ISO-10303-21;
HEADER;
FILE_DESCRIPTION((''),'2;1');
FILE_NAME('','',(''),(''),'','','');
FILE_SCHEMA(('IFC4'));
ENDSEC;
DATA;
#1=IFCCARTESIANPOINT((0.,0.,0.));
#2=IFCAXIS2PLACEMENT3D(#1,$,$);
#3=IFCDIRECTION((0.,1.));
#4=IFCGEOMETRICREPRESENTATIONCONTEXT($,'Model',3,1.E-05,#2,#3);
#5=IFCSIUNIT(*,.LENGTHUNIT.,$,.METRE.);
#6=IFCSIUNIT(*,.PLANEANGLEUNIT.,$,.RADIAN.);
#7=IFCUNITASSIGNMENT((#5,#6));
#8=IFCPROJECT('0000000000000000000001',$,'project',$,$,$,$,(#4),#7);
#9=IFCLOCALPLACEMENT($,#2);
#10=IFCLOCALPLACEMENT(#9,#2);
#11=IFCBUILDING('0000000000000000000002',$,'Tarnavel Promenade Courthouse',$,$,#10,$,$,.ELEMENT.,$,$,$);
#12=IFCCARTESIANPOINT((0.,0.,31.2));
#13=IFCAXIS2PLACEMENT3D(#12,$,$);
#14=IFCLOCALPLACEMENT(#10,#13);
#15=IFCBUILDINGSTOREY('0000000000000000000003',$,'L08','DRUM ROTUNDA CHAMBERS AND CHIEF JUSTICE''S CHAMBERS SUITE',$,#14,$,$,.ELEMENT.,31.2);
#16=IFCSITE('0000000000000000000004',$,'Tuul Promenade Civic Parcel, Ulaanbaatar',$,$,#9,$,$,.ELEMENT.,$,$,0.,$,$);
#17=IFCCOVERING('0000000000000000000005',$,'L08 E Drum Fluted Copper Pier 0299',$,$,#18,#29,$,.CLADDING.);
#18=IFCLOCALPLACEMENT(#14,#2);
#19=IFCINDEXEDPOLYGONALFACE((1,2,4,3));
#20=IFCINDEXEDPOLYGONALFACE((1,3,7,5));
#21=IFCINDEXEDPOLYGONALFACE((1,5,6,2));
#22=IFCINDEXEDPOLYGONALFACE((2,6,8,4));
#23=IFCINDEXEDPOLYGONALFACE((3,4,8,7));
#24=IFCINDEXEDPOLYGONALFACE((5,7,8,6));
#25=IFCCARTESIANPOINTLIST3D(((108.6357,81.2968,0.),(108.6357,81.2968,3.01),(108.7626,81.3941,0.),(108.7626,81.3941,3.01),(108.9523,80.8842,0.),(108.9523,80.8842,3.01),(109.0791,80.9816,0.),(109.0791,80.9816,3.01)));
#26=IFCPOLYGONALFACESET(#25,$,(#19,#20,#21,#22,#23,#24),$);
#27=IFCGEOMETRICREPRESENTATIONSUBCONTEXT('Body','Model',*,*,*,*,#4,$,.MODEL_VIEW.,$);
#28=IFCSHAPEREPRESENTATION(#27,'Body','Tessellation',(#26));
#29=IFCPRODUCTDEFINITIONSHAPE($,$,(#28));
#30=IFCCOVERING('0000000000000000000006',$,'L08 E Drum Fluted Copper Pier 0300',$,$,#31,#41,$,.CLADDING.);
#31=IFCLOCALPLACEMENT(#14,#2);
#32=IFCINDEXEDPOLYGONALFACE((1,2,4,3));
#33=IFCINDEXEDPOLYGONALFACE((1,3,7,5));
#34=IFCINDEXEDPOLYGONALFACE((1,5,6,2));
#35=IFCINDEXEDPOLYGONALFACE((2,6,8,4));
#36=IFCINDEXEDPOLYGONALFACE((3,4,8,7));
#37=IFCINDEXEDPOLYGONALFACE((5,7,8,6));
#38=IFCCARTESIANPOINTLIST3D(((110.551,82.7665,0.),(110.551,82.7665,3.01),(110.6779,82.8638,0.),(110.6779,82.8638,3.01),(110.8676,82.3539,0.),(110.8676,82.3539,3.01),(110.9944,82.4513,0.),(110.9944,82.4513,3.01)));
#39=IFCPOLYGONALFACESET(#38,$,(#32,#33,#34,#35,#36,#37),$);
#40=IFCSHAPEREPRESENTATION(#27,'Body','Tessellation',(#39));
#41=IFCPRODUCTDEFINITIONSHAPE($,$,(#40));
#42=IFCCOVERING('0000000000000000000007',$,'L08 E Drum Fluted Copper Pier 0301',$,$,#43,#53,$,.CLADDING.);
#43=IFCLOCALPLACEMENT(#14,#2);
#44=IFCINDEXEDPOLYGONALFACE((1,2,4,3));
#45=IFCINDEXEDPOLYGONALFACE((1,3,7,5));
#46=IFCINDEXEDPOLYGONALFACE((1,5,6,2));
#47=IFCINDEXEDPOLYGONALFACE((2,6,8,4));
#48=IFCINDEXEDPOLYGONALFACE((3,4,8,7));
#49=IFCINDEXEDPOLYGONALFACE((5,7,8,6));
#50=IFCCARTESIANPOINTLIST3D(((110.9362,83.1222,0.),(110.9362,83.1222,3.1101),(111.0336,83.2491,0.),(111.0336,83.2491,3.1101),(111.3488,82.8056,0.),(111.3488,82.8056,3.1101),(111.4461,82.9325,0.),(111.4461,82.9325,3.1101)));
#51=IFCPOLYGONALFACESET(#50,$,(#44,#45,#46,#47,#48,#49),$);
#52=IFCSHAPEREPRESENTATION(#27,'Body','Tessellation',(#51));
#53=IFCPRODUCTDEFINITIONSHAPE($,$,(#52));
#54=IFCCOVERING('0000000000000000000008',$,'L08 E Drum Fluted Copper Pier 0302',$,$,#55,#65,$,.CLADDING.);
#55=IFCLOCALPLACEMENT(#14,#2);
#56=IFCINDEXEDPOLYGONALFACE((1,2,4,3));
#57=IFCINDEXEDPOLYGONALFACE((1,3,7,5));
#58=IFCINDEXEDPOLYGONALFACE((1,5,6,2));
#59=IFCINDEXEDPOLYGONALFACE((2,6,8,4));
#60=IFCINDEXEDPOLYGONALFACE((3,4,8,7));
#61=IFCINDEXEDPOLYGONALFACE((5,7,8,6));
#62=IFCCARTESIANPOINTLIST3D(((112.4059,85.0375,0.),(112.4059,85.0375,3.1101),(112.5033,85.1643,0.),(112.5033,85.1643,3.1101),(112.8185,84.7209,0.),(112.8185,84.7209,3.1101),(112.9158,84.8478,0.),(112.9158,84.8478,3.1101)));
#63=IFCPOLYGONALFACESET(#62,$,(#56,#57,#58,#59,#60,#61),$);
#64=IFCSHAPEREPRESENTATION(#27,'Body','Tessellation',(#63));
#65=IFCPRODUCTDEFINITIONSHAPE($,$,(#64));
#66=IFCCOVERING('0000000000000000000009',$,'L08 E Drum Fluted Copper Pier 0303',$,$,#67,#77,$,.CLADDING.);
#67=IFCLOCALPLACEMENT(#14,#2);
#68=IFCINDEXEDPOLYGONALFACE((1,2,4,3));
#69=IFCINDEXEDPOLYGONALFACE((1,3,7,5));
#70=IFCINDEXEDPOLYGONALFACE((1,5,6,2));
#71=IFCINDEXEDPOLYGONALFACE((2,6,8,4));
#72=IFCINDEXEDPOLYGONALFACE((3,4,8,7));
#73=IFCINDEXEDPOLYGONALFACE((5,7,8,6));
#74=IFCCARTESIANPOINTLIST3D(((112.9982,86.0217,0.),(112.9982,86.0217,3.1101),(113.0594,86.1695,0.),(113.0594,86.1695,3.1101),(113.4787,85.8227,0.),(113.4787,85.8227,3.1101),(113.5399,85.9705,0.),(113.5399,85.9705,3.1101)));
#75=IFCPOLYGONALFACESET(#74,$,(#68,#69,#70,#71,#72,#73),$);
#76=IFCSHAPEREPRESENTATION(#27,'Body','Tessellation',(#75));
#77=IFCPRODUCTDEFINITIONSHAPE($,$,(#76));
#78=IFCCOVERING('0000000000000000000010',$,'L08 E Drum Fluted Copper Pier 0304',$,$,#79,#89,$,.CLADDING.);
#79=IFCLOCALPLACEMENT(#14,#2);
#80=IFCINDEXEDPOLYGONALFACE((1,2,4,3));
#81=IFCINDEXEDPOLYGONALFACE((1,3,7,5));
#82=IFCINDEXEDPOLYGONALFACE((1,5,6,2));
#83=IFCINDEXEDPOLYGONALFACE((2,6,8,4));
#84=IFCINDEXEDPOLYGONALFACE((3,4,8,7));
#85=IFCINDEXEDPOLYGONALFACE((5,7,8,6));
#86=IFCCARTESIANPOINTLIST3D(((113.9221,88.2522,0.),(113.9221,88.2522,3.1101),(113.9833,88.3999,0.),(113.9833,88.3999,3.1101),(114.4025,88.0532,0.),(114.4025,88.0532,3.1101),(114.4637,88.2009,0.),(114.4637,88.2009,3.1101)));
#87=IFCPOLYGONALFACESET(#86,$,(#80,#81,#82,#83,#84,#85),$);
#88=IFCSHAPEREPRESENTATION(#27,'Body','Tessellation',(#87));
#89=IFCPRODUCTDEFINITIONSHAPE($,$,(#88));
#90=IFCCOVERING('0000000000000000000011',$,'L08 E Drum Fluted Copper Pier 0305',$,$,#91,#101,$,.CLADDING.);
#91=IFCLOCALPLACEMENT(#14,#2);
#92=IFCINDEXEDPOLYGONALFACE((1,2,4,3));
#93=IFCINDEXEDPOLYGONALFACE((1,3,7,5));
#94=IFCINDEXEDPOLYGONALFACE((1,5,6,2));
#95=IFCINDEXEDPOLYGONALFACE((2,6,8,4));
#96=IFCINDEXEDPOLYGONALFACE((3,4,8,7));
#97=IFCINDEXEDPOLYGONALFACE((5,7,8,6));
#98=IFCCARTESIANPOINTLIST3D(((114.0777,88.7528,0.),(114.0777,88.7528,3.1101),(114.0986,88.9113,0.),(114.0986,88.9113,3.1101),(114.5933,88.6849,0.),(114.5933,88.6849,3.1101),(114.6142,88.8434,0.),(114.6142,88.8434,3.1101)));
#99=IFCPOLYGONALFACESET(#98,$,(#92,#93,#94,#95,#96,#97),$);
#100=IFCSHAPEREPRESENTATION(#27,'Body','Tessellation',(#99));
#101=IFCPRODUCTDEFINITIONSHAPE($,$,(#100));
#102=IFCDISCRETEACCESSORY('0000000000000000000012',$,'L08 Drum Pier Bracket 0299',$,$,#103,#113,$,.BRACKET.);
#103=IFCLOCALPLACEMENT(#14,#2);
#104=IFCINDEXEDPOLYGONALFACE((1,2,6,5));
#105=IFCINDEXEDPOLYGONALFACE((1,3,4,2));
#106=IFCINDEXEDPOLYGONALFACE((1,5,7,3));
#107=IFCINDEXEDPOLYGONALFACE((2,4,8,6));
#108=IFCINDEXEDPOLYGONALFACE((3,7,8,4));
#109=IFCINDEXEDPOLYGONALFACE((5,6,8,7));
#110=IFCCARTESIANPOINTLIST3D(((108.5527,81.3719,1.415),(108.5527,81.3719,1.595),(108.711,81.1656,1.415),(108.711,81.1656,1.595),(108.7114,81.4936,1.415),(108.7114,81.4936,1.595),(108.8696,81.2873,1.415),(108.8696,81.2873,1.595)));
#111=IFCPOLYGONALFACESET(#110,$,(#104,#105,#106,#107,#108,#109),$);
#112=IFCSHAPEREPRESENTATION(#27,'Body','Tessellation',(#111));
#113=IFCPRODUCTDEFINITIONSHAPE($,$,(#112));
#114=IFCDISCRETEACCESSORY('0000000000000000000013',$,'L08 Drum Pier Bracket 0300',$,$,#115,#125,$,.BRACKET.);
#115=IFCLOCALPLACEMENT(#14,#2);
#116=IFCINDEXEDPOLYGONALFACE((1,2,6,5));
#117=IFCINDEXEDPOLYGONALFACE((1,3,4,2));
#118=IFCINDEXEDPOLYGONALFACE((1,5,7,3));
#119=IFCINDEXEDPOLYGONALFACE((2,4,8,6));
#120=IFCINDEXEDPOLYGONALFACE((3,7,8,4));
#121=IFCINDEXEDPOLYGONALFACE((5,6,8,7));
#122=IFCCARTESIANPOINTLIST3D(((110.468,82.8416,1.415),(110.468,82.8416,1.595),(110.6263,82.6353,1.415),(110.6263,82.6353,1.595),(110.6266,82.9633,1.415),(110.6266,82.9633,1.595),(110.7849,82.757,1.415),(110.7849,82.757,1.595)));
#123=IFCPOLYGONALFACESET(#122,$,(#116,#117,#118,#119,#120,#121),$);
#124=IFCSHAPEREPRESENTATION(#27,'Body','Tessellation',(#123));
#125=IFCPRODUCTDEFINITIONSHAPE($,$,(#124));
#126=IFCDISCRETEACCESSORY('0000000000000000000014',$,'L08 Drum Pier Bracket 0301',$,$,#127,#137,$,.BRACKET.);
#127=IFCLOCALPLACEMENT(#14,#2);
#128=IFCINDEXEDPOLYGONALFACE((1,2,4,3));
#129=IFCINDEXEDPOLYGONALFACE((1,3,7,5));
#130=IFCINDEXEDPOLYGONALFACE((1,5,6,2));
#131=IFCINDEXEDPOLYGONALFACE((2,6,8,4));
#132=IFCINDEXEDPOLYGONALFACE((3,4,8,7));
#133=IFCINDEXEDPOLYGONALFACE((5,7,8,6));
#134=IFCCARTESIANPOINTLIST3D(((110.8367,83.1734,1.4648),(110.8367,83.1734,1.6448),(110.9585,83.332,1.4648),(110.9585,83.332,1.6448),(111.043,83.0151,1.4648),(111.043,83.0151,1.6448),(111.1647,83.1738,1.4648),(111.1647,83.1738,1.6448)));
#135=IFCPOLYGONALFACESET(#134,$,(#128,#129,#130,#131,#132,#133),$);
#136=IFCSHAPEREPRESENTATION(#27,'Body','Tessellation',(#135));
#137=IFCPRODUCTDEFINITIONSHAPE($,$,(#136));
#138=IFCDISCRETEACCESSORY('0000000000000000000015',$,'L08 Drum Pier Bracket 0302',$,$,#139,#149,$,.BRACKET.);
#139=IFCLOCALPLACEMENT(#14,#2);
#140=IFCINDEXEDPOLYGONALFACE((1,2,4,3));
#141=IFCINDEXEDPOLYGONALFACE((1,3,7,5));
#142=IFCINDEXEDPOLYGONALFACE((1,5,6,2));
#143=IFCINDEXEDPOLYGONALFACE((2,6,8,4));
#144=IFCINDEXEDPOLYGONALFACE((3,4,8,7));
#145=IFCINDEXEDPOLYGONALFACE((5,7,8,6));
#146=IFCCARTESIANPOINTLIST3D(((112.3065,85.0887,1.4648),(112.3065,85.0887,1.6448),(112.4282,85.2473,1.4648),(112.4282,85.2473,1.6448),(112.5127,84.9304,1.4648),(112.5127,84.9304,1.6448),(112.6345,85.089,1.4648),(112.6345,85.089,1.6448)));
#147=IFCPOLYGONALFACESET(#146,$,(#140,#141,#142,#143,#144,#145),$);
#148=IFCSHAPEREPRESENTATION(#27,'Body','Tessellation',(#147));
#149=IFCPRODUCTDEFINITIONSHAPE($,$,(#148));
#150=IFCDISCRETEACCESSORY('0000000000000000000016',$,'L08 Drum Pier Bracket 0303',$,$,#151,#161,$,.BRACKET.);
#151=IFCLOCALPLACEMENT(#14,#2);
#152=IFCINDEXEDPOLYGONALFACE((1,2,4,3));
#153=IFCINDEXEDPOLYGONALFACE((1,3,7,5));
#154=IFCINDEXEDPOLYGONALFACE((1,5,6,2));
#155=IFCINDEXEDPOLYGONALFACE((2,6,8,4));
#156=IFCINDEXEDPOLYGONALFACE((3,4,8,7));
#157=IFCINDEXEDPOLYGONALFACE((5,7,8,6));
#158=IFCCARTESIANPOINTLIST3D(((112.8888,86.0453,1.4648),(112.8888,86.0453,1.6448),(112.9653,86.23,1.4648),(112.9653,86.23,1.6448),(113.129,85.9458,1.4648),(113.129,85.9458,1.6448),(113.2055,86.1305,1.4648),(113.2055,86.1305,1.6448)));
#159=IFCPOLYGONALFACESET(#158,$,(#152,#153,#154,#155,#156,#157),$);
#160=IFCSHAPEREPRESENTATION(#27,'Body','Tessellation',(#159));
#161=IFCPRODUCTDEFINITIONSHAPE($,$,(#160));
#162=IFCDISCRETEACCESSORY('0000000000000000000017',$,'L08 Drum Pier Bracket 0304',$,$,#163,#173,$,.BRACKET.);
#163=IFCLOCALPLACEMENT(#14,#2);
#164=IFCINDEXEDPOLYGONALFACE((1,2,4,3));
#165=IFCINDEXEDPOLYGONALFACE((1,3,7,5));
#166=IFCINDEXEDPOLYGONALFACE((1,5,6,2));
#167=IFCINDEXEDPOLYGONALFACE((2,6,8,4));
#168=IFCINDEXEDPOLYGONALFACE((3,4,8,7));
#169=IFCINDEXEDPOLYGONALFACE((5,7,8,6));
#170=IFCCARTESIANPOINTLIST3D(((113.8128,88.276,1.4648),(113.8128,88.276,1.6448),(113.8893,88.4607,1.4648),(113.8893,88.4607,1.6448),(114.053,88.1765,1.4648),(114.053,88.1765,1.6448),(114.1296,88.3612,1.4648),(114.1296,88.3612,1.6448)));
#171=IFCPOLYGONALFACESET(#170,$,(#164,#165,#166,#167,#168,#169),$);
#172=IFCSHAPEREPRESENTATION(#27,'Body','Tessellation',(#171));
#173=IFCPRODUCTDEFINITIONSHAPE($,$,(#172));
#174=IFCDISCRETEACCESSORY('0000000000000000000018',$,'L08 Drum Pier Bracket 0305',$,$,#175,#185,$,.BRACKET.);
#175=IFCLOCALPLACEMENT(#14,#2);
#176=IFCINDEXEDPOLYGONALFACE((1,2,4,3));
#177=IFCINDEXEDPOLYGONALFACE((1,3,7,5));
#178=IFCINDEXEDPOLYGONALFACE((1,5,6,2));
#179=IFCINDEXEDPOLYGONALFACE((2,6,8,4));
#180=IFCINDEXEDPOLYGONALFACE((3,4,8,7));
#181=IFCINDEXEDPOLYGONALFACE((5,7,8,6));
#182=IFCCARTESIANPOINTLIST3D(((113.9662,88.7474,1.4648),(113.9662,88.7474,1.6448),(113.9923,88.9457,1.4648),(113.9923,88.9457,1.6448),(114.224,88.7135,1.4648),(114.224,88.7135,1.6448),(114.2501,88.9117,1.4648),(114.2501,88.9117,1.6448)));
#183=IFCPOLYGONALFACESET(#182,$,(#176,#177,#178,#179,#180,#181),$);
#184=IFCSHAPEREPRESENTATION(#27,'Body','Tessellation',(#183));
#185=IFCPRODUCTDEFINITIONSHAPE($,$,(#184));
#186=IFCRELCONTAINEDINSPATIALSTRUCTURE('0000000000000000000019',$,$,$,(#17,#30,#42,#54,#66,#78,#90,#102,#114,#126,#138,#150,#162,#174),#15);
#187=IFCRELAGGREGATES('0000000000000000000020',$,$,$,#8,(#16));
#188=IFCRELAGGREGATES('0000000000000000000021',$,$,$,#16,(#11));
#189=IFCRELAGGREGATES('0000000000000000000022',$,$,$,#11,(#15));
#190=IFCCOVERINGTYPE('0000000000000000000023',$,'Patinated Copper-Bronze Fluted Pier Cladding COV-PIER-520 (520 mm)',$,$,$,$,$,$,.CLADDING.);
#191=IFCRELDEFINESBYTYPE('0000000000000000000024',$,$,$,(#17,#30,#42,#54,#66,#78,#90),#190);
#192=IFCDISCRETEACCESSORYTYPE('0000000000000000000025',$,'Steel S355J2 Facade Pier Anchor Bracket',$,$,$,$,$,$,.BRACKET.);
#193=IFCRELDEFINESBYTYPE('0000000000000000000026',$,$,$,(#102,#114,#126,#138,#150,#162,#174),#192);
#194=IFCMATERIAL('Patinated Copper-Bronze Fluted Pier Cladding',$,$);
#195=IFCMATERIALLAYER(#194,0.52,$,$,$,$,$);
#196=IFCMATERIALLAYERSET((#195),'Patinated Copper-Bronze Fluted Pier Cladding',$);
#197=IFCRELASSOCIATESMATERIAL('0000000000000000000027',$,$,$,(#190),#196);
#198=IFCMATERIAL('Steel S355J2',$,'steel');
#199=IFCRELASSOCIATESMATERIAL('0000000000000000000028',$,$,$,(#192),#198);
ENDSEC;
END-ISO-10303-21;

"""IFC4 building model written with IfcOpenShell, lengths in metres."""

from ifc_helpers import new_model, si_unit, direction, frame, origin, origin_2d, place, context, subcontext, project, spatial, rectangle, extrude, material, layer, layer_set, type_object, element, save


model = new_model("IFC4")

# Units and contexts
model_context = context("Model", 3, precision=1e-05, world=origin(), true_north=direction((0.0, 1.0)))
body_context = subcontext(model_context, "Body", "Model", "MODEL_VIEW")
ifc_project = project(units=[si_unit("LENGTHUNIT", "METRE"), si_unit("PLANEANGLEUNIT", "RADIAN")], contexts=[model_context])

# Site, building, storey
site_placement = place(None, origin())
site = spatial("IfcSite", under=ifc_project, at=site_placement, Name="Tuul Promenade Civic Parcel, Ulaanbaatar", CompositionType="ELEMENT", RefElevation=0.0)
building_placement = place(site_placement, origin())
building = spatial("IfcBuilding", under=site, at=building_placement, Name="Tarnavel Promenade Courthouse", CompositionType="ELEMENT")
storey_placement = place(building_placement, frame((0.0, 0.0, 31.2)))
storey = spatial("IfcBuildingStorey", under=building, at=storey_placement, Name="L08", Description="DRUM ROTUNDA CHAMBERS AND CHIEF JUSTICE'S CHAMBERS SUITE", CompositionType="ELEMENT", Elevation=31.2)

# Shared definitions
ifc_material_1 = material(Name="Steel S355J2", Category="steel")

# Coverings
ifc_material_2 = material(Name="Patinated Copper-Bronze Fluted Pier Cladding")
ifc_layer_1 = layer(ifc_material_2, 0.52)
ifc_layer_set_1 = layer_set([ifc_layer_1], Name="Patinated Copper-Bronze Fluted Pier Cladding")
covering_type = type_object("IfcCoveringType", Name="Patinated Copper-Bronze Fluted Pier Cladding COV-PIER-520 (520 mm)", PredefinedType="CLADDING", material=ifc_layer_set_1)
for number, where, z_axis, x_axis, name in (
    (1, (108.8574, 81.1392, 0.0), (0.0, 0.0, 1.0), (0.793353, 0.608761, 0.0), "L08 E Drum Fluted Copper Pier 0299"),
    (2, (110.7727, 82.6089, 0.0), (0.0, 0.0, 1.0), (0.793353, 0.608761, 0.0), "L08 E Drum Fluted Copper Pier 0300"),
):
    element("IfcCovering", number, at=place(storey_placement, frame(where, z_axis=z_axis, x_axis=x_axis)), inside=storey, type_object=covering_type, Name=name, PredefinedType="CLADDING", context=body_context, shape_type="SweptSolid", body=[
        extrude(rectangle(XDim=0.1599, YDim=0.52, at=origin_2d()), origin(), (0.0, 0.0, 1.0), 3.01),
    ])
for number, where, z_axis, x_axis, name in (
    (3, (111.1912, 83.0273, 0.0), (0.0, 0.0, 1.0), (0.608761, 0.793353, 0.0), "L08 E Drum Fluted Copper Pier 0301"),
    (4, (112.6609, 84.9426, 0.0), (0.0, 0.0, 1.0), (0.608761, 0.793353, 0.0), "L08 E Drum Fluted Copper Pier 0302"),
    (5, (113.269, 85.9961, 0.0), (0.0, 0.0, 1.0), (0.382683, 0.92388, 0.0), "L08 E Drum Fluted Copper Pier 0303"),
    (6, (114.1929, 88.2266, 0.0), (0.0, 0.0, 1.0), (0.382683, 0.92388, 0.0), "L08 E Drum Fluted Copper Pier 0304"),
    (7, (114.3459, 88.7981, 0.0), (0.0, 0.0, 1.0), (0.130526, 0.991445, 0.0), "L08 E Drum Fluted Copper Pier 0305"),
):
    element("IfcCovering", number, at=place(storey_placement, frame(where, z_axis=z_axis, x_axis=x_axis)), inside=storey, type_object=covering_type, Name=name, PredefinedType="CLADDING", context=body_context, shape_type="SweptSolid", body=[
        extrude(rectangle(XDim=0.1599, YDim=0.52, at=origin_2d()), origin(), (0.0, 0.0, 1.0), 3.1101),
    ])

# Discrete accessories
discrete_accessory_type = type_object("IfcDiscreteAccessoryType", Name="Steel S355J2 Facade Pier Anchor Bracket", PredefinedType="BRACKET", material=ifc_material_1)
for number, where, z_axis, x_axis, name in (
    (8, (108.7112, 81.3296, 1.415), (0.0, 0.0, 1.0), (0.793353, 0.608761, 0.0), "L08 Drum Pier Bracket 0299"),
    (9, (110.6265, 82.7993, 1.415), (0.0, 0.0, 1.0), (0.793353, 0.608761, 0.0), "L08 Drum Pier Bracket 0300"),
    (10, (111.0007, 83.1736, 1.4648), (0.0, 0.0, 1.0), (0.608761, 0.793353, 0.0), "L08 Drum Pier Bracket 0301"),
    (11, (112.4705, 85.0889, 1.4648), (0.0, 0.0, 1.0), (0.608761, 0.793353, 0.0), "L08 Drum Pier Bracket 0302"),
    (12, (113.0471, 86.0879, 1.4648), (0.0, 0.0, 1.0), (0.382683, 0.92388, 0.0), "L08 Drum Pier Bracket 0303"),
    (13, (113.9712, 88.3186, 1.4648), (0.0, 0.0, 1.0), (0.382683, 0.92388, 0.0), "L08 Drum Pier Bracket 0304"),
    (14, (114.1082, 88.8296, 1.4648), (0.0, 0.0, 1.0), (0.130526, 0.991445, 0.0), "L08 Drum Pier Bracket 0305"),
):
    element("IfcDiscreteAccessory", number, at=place(storey_placement, frame(where, z_axis=z_axis, x_axis=x_axis)), inside=storey, type_object=discrete_accessory_type, Name=name, PredefinedType="BRACKET", context=body_context, shape_type="SweptSolid", body=[
        extrude(rectangle(XDim=0.2, YDim=0.26, at=origin_2d()), origin(), (0.0, 0.0, 1.0), 0.1799),
    ])

save(model, "model.ifc")
